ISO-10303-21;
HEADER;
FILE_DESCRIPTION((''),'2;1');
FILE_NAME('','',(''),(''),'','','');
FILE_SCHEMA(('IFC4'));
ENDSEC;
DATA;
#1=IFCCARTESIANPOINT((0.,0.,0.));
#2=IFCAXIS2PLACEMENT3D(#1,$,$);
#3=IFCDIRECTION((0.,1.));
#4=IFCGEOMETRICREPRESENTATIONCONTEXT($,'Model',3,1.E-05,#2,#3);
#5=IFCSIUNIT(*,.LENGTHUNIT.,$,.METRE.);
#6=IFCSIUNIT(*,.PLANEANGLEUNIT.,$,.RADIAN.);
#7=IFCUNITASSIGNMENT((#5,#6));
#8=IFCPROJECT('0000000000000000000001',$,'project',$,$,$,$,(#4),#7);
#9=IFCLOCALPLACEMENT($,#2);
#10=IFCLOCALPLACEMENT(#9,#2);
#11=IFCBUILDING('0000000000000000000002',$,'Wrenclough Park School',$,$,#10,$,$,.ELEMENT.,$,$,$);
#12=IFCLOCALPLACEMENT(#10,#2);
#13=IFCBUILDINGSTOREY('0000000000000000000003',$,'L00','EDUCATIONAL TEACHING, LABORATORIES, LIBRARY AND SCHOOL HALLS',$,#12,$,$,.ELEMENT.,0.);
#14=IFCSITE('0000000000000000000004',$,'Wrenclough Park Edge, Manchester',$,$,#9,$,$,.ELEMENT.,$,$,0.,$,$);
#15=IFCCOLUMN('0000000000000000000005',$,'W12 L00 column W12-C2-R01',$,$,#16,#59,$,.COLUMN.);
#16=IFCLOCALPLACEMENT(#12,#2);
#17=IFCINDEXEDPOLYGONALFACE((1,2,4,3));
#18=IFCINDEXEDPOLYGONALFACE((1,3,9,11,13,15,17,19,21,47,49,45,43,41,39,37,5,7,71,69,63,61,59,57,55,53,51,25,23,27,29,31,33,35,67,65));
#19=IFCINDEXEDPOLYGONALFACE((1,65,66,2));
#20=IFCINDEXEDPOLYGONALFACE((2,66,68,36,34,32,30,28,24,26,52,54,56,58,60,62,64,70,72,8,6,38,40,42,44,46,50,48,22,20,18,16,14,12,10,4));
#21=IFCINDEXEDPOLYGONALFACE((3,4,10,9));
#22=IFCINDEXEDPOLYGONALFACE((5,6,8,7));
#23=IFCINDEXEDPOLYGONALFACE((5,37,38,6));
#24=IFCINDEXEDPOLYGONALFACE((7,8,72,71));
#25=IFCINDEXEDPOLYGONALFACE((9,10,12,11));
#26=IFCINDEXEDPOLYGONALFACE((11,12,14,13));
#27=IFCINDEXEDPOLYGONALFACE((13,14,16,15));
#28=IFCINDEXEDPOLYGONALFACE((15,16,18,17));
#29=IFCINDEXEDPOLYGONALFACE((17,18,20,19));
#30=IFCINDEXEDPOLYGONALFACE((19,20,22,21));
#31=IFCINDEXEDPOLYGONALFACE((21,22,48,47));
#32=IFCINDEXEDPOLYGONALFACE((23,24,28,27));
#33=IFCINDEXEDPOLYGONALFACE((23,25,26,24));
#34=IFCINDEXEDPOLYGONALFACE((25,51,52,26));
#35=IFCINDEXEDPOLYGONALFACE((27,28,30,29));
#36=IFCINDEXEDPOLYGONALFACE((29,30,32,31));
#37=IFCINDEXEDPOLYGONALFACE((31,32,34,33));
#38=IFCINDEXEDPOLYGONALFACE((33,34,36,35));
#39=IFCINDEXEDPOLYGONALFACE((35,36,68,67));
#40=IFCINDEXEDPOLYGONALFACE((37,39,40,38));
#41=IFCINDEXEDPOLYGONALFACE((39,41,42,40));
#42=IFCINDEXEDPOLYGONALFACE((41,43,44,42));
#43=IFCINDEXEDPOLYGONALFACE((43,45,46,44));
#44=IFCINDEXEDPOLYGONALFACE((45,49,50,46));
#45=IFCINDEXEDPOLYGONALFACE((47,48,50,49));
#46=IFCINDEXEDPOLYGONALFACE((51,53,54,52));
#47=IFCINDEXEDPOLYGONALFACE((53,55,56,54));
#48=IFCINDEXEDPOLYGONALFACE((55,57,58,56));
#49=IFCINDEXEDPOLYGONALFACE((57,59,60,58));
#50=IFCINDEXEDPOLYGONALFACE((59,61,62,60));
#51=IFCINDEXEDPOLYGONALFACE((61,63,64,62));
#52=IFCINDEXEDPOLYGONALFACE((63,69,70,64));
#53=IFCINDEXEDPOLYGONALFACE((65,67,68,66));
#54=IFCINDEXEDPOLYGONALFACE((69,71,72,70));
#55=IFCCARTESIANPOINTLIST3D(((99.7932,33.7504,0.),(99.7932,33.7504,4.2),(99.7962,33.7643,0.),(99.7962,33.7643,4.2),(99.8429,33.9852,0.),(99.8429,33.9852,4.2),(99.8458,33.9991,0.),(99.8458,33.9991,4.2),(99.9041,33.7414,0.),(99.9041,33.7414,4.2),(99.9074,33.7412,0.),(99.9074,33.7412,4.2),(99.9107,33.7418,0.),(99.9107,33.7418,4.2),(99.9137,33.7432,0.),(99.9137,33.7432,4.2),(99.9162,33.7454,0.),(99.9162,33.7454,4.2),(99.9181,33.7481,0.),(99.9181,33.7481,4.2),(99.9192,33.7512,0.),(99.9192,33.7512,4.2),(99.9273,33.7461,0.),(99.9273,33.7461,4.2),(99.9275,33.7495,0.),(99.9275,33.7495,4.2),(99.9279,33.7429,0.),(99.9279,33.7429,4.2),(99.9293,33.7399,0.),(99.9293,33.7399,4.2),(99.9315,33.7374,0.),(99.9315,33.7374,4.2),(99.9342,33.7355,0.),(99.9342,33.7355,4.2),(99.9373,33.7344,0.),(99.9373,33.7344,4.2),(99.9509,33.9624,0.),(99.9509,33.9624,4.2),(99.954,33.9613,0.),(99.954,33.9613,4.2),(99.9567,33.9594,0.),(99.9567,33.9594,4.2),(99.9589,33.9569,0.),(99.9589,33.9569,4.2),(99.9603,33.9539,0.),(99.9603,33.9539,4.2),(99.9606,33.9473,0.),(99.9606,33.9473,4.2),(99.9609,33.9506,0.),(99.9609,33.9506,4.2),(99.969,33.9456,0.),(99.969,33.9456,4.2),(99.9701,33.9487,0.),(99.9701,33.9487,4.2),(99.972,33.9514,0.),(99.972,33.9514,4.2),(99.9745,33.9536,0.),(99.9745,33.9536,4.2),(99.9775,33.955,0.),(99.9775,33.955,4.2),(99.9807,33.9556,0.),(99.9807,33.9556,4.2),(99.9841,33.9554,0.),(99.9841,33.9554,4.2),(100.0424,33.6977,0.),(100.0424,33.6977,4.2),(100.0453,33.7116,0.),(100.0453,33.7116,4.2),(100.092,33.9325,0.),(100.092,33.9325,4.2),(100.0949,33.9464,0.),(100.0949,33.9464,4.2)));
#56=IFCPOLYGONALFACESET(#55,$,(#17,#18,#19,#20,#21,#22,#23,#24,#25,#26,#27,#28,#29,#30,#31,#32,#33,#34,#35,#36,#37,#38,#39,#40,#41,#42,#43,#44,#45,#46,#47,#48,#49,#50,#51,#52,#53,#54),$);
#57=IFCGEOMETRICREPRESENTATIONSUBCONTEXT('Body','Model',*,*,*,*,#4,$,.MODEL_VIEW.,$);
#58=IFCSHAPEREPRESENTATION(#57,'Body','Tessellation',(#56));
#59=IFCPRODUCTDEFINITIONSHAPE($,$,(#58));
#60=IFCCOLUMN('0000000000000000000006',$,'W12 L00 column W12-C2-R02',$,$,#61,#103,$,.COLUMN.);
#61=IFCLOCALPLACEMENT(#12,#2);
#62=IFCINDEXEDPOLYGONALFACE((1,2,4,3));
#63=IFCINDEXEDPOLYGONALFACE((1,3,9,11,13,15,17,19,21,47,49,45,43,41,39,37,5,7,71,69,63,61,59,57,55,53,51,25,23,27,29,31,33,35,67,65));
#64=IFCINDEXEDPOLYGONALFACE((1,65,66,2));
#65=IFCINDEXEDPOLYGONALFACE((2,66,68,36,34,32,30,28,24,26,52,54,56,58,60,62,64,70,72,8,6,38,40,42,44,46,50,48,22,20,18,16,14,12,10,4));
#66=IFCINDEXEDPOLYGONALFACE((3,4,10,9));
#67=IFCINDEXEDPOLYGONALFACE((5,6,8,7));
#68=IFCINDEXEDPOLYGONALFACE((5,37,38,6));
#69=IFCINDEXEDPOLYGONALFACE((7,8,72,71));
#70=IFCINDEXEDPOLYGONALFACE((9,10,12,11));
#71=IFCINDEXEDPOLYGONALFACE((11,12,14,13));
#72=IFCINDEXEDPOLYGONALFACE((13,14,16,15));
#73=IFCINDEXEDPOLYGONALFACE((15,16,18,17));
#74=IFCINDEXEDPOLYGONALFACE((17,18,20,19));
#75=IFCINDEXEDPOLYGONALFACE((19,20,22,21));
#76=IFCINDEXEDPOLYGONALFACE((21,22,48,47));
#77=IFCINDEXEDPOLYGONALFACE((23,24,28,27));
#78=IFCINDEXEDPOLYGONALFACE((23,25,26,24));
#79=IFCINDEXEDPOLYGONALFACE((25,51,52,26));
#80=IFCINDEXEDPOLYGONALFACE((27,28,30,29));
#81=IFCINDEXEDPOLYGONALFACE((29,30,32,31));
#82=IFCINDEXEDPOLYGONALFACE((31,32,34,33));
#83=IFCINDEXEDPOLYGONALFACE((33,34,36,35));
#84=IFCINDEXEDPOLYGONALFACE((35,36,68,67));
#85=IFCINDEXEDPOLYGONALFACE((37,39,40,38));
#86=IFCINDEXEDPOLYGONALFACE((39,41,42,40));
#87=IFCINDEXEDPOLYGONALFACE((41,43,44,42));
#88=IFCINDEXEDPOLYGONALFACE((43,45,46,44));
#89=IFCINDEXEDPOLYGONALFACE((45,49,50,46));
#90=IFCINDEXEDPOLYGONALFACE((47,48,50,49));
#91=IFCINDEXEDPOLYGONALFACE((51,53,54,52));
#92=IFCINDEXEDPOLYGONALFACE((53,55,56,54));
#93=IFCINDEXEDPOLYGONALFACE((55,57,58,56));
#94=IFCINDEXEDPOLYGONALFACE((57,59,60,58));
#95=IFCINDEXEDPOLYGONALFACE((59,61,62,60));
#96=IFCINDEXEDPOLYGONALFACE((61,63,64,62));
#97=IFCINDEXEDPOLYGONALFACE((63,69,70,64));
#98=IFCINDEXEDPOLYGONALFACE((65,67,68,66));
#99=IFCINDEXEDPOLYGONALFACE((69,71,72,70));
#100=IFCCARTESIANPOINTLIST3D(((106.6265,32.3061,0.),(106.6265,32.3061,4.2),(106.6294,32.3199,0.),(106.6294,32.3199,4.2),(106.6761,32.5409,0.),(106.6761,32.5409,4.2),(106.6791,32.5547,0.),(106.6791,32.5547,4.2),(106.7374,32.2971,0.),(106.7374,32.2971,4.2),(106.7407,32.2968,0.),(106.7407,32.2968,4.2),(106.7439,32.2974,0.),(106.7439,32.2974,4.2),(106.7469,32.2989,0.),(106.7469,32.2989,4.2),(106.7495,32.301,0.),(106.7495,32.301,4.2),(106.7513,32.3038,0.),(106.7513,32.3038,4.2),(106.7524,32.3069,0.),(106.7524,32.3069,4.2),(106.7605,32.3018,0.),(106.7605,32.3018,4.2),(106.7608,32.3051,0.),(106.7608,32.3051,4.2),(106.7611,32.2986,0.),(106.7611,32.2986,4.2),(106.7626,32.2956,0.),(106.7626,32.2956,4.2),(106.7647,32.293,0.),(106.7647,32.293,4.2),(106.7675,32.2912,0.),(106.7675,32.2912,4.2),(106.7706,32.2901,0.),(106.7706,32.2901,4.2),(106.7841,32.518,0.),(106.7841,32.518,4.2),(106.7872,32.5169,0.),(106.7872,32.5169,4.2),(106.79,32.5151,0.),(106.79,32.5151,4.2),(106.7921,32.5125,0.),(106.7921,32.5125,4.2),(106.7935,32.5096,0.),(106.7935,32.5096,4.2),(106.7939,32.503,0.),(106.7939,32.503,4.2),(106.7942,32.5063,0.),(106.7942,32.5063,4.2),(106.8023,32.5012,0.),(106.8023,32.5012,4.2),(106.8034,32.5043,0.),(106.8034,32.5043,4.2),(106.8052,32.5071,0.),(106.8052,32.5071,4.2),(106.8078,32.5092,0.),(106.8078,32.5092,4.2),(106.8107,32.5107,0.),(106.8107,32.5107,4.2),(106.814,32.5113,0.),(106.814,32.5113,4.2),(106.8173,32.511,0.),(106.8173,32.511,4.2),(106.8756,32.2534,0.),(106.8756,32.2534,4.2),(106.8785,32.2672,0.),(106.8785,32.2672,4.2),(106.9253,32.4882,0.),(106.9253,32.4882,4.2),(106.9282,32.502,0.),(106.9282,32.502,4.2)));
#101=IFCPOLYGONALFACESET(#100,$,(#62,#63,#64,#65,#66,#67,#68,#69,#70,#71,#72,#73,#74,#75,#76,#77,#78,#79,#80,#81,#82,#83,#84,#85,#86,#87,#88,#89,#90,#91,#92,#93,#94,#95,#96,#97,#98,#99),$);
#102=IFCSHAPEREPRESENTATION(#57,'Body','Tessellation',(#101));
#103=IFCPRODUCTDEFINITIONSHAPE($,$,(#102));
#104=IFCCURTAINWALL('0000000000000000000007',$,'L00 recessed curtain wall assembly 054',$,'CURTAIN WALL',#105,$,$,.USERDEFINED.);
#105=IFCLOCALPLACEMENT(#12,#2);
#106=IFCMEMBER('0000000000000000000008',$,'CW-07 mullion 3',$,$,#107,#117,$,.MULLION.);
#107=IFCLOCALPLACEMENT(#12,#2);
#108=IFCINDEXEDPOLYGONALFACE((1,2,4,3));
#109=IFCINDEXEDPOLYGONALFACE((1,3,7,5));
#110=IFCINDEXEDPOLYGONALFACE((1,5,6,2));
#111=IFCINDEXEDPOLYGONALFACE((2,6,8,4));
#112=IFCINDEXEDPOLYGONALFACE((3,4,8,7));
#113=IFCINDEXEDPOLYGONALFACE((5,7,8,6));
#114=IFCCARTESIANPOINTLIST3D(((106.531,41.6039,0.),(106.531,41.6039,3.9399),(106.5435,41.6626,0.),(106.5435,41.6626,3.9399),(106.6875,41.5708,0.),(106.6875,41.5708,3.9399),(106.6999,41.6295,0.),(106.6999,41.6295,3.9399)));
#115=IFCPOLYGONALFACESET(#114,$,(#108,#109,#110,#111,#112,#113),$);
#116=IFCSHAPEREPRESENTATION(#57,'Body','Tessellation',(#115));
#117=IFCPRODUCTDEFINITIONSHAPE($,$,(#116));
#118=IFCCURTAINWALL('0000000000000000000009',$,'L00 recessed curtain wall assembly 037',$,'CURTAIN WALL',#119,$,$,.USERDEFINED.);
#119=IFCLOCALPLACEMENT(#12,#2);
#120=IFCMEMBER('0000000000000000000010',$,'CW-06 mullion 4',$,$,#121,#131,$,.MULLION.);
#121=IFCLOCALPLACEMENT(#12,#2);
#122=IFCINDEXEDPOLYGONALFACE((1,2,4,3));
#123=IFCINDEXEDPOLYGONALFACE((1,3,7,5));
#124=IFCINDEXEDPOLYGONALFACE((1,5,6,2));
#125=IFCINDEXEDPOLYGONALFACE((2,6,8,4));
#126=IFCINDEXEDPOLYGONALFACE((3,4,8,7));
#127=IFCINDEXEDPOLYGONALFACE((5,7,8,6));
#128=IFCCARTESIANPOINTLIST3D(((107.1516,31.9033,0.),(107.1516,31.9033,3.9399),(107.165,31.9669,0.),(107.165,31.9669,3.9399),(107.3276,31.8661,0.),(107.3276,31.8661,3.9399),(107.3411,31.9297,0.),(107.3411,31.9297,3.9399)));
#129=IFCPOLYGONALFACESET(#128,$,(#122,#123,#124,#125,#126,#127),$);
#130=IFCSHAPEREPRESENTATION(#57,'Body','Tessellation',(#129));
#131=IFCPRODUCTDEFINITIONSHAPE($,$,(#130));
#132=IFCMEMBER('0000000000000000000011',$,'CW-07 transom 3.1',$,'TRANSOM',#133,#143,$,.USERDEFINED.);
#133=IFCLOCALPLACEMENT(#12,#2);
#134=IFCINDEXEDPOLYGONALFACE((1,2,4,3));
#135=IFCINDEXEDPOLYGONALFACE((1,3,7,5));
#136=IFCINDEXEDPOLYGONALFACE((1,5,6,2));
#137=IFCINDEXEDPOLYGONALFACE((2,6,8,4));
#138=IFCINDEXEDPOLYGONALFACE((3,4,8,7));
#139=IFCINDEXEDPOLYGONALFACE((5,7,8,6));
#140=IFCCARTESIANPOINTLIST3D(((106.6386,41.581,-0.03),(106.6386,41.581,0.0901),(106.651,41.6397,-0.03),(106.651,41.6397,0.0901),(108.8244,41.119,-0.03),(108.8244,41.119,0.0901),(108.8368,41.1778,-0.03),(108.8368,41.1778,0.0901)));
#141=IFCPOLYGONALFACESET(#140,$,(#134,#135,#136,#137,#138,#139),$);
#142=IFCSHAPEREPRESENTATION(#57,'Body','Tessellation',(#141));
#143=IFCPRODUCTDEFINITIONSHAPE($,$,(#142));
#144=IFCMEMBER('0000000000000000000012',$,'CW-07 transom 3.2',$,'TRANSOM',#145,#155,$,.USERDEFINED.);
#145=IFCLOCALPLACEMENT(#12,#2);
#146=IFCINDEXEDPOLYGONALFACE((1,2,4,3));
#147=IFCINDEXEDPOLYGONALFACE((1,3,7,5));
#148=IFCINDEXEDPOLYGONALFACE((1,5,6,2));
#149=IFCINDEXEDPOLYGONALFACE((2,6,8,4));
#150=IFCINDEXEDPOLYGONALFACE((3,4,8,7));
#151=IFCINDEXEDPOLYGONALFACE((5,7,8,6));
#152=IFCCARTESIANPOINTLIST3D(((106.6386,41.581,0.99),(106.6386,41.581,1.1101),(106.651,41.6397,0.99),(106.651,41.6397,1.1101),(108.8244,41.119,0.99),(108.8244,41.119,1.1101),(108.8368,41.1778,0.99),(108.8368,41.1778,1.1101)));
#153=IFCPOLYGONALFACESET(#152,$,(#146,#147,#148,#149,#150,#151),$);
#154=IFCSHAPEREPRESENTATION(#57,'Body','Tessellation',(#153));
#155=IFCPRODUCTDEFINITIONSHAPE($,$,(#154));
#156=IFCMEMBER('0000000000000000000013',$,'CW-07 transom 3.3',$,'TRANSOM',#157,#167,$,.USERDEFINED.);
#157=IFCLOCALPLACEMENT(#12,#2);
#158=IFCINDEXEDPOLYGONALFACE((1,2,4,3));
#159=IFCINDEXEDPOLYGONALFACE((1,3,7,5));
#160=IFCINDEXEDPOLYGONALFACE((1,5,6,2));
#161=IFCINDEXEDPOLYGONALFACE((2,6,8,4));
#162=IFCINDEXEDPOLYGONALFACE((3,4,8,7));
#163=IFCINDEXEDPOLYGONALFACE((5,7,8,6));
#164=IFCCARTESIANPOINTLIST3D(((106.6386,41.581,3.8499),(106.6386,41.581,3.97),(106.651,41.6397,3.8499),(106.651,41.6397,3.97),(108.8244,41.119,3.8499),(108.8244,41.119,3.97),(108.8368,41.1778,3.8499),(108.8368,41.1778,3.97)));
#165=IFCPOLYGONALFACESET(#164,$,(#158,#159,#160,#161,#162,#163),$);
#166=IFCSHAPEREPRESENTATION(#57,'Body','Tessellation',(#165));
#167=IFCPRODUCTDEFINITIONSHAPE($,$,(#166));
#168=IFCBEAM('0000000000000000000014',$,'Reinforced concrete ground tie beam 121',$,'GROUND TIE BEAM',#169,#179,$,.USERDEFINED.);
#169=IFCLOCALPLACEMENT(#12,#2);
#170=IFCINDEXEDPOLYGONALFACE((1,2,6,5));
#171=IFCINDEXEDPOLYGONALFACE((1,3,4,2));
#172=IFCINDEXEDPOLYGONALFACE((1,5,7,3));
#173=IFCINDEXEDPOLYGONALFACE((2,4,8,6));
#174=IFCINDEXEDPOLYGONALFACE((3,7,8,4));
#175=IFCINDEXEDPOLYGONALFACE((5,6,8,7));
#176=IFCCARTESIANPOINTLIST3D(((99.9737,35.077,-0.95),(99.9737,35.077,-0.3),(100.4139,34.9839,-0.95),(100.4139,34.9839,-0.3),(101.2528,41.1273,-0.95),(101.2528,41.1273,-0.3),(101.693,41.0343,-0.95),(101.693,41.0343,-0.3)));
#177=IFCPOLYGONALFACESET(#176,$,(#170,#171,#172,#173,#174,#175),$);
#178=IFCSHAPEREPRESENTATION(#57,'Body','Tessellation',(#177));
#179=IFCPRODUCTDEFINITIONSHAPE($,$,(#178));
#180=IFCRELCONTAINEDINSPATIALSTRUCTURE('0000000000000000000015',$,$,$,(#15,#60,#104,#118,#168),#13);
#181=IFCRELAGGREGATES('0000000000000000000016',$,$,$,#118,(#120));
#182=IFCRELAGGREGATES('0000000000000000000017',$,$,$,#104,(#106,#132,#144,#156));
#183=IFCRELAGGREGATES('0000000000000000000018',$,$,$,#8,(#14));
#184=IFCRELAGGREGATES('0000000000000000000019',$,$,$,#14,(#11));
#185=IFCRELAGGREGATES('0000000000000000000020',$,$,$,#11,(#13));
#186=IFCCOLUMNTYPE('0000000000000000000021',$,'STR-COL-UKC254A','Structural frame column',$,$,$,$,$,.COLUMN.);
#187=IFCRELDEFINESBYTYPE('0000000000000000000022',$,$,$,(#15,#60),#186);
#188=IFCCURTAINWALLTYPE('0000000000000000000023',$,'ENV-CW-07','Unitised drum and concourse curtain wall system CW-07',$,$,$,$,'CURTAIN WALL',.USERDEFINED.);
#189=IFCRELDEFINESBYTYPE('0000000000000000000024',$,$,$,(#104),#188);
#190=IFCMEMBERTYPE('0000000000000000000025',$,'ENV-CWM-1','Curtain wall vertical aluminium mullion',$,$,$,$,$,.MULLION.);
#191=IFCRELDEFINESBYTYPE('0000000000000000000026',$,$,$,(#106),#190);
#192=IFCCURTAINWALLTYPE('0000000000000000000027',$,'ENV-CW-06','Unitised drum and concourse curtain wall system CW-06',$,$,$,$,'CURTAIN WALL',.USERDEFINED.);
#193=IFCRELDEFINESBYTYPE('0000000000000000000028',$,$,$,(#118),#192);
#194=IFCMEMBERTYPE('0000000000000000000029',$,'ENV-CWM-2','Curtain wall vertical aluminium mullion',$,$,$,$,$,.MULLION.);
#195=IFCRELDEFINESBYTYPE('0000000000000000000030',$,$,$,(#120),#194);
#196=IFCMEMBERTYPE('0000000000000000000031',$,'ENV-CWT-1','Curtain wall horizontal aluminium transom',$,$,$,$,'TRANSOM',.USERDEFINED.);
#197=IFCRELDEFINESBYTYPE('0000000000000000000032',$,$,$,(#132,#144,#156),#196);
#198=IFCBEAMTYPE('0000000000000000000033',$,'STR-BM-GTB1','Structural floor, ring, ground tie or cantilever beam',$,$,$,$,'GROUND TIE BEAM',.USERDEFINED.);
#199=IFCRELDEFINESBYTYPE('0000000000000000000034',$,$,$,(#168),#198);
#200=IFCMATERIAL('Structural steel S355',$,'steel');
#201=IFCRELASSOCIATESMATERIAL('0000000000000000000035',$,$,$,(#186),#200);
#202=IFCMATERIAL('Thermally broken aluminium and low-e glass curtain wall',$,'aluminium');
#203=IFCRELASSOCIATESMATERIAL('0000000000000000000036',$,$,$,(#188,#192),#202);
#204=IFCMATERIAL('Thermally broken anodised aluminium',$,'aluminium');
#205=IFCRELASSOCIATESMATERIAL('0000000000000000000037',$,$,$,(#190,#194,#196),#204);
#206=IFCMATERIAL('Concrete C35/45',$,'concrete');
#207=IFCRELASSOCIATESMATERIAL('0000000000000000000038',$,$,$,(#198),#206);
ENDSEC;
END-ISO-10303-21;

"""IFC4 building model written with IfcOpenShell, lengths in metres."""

from ifc_helpers import new_model, si_unit, direction, frame, origin, origin_2d, place, context, subcontext, project, spatial, rectangle, i_section, extrude, material, material_profile, profile_set, type_object, element, aggregate, save


model = new_model("IFC4")

# Units and contexts
model_context = context("Model", 3, precision=1e-05, world=origin(), true_north=direction((0.0, 1.0)))
body_context = subcontext(model_context, "Body", "Model", "MODEL_VIEW")
ifc_project = project(units=[si_unit("LENGTHUNIT", "METRE"), si_unit("PLANEANGLEUNIT", "RADIAN")], contexts=[model_context])

# Site, building, storey
site_placement = place(None, origin())
site = spatial("IfcSite", under=ifc_project, at=site_placement, Name="Wrenclough Park Edge, Manchester", CompositionType="ELEMENT", RefElevation=0.0)
building_placement = place(site_placement, origin())
building = spatial("IfcBuilding", under=site, at=building_placement, Name="Wrenclough Park School", CompositionType="ELEMENT")
storey_placement = place(building_placement, origin())
storey = spatial("IfcBuildingStorey", under=building, at=storey_placement, Name="L00", Description="EDUCATIONAL TEACHING, LABORATORIES, LIBRARY AND SCHOOL HALLS", CompositionType="ELEMENT", Elevation=0.0)

# Shared definitions
ifc_material_1 = material(Name="Concrete C35/45", Category="concrete")

# Columns
ifc_material_2 = material(Name="Structural steel S355", Category="steel")
ifc_material_profile_1 = material_profile(ifc_material_2, i_section(OverallWidth=0.2546, OverallDepth=0.2542, WebThickness=0.0085, FlangeThickness=0.0142, FilletRadius=0.0127, at=origin_2d()), Name="UKC 254x254x73")
ifc_profile_set_1 = profile_set([ifc_material_profile_1], Name="Structural steel S355")
column_type = type_object("IfcColumnType", Name="STR-COL-UKC254A", Description="Structural frame column", PredefinedType="COLUMN", material=ifc_profile_set_1)
for number, where, z_axis, x_axis, name in (
    (1, (99.9441, 33.8484, 0.0), (0.0, 0.0, 1.0), (0.978365, -0.206887, 0.0), "W12 L00 column W12-C2-R01"),
    (2, (106.7773, 32.4041, 0.0), (0.0, 0.0, 1.0), (0.978365, -0.206887, 0.0), "W12 L00 column W12-C2-R02"),
):
    element("IfcColumn", number, at=place(storey_placement, frame(where, z_axis=z_axis, x_axis=x_axis)), inside=storey, type_object=column_type, Name=name, PredefinedType="COLUMN", context=body_context, shape_type="SweptSolid", body=[
        extrude(i_section(OverallWidth=0.2546, OverallDepth=0.2542, WebThickness=0.0085, FlangeThickness=0.0142, FilletRadius=0.0127, at=origin_2d()), origin(), (0.0, 0.0, 1.0), 4.2),
    ])

# Curtain walls, members
ifc_material_3 = material(Name="Thermally broken aluminium and low-e glass curtain wall", Category="aluminium")
curtain_wall_type_1 = type_object("IfcCurtainWallType", Name="ENV-CW-07", Description="Unitised drum and concourse curtain wall system CW-07", ElementType="CURTAIN WALL", PredefinedType="USERDEFINED", material=ifc_material_3)
curtain_wall_1_placement = place(storey_placement, origin())
curtain_wall_1 = element("IfcCurtainWall", 3, at=curtain_wall_1_placement, inside=storey, type_object=curtain_wall_type_1, Name="L00 recessed curtain wall assembly 054", ObjectType="CURTAIN WALL", PredefinedType="USERDEFINED")
ifc_material_4 = material(Name="Thermally broken anodised aluminium", Category="aluminium")
ifc_material_profile_2 = material_profile(ifc_material_4, rectangle(XDim=0.0601, YDim=0.1599, at=origin_2d()), Name="AL MULLION 60x160")
ifc_profile_set_2 = profile_set([ifc_material_profile_2], Name="Thermally broken anodised aluminium")
member_type_1 = type_object("IfcMemberType", Name="ENV-CWM-1", Description="Curtain wall vertical aluminium mullion", PredefinedType="MULLION", material=ifc_profile_set_2)
member_1_placement = place(storey_placement, frame((106.6155, 41.6167, 0.0), z_axis=(0.0, 0.0, 1.0), x_axis=(0.20682, 0.978379, 0.0)))
member_1 = element("IfcMember", 4, at=member_1_placement, type_object=member_type_1, Name="CW-07 mullion 3", PredefinedType="MULLION", context=body_context, shape_type="SweptSolid", body=[
    extrude(rectangle(XDim=0.0601, YDim=0.1599, at=origin_2d()), origin(), (0.0, 0.0, 1.0), 3.9399),
])
curtain_wall_type_2 = type_object("IfcCurtainWallType", Name="ENV-CW-06", Description="Unitised drum and concourse curtain wall system CW-06", ElementType="CURTAIN WALL", PredefinedType="USERDEFINED", material=ifc_material_3)
curtain_wall_2_placement = place(storey_placement, origin())
curtain_wall_2 = element("IfcCurtainWall", 5, at=curtain_wall_2_placement, inside=storey, type_object=curtain_wall_type_2, Name="L00 recessed curtain wall assembly 037", ObjectType="CURTAIN WALL", PredefinedType="USERDEFINED")
ifc_material_profile_3 = material_profile(ifc_material_4, rectangle(XDim=0.0649, YDim=0.1799, at=origin_2d()), Name="AL MULLION 65x180")
ifc_profile_set_3 = profile_set([ifc_material_profile_3], Name="Thermally broken anodised aluminium")
member_type_2 = type_object("IfcMemberType", Name="ENV-CWM-2", Description="Curtain wall vertical aluminium mullion", PredefinedType="MULLION", material=ifc_profile_set_3)
member_2_placement = place(storey_placement, frame((107.2463, 31.9165, 0.0), z_axis=(0.0, 0.0, 1.0), x_axis=(-0.206818, -0.978379, 0.0)))
member_2 = element("IfcMember", 6, at=member_2_placement, type_object=member_type_2, Name="CW-06 mullion 4", PredefinedType="MULLION", context=body_context, shape_type="SweptSolid", body=[
    extrude(rectangle(XDim=0.0649, YDim=0.1799, at=origin_2d()), origin(), (0.0, 0.0, 1.0), 3.9399),
])

# Members
ifc_material_profile_4 = material_profile(ifc_material_4, rectangle(XDim=0.0601, YDim=0.1201, at=origin_2d()), Name="AL TRANSOM 60x120")
ifc_profile_set_4 = profile_set([ifc_material_profile_4], Name="Thermally broken anodised aluminium")
member_type_3 = type_object("IfcMemberType", Name="ENV-CWT-1", Description="Curtain wall horizontal aluminium transom", ElementType="TRANSOM", PredefinedType="USERDEFINED", material=ifc_profile_set_4)
member_3_placement = place(storey_placement, frame((106.6448, 41.6104, 0.03), z_axis=(0.978392, -0.206759, 0.0), x_axis=(0.206759, 0.978392, 0.0)))
member_3 = element("IfcMember", 7, at=member_3_placement, type_object=member_type_3, Name="CW-07 transom 3.1", ObjectType="TRANSOM", PredefinedType="USERDEFINED", context=body_context, shape_type="SweptSolid", body=[
    extrude(rectangle(XDim=0.0601, YDim=0.1201, at=origin_2d()), origin(), (0.0, 0.0, 1.0), 2.2341),
])
member_4_placement = place(storey_placement, frame((106.6448, 41.6104, 1.05), z_axis=(0.978392, -0.206759, 0.0), x_axis=(0.206759, 0.978392, 0.0)))
member_4 = element("IfcMember", 8, at=member_4_placement, type_object=member_type_3, Name="CW-07 transom 3.2", ObjectType="TRANSOM", PredefinedType="USERDEFINED", context=body_context, shape_type="SweptSolid", body=[
    extrude(rectangle(XDim=0.0601, YDim=0.1201, at=origin_2d()), origin(), (0.0, 0.0, 1.0), 2.2341),
])
member_5_placement = place(storey_placement, frame((106.6448, 41.6104, 3.9099), z_axis=(0.978392, -0.206759, 0.0), x_axis=(0.206759, 0.978392, 0.0)))
member_5 = element("IfcMember", 9, at=member_5_placement, type_object=member_type_3, Name="CW-07 transom 3.3", ObjectType="TRANSOM", PredefinedType="USERDEFINED", context=body_context, shape_type="SweptSolid", body=[
    extrude(rectangle(XDim=0.0601, YDim=0.1201, at=origin_2d()), origin(), (0.0, 0.0, 1.0), 2.2341),
])

# Beam
ifc_material_profile_5 = material_profile(ifc_material_1, rectangle(XDim=0.45, YDim=0.6499, at=origin_2d()), Name="RC GROUND 450x650")
ifc_profile_set_5 = profile_set([ifc_material_profile_5], Name="Concrete C35/45")
beam_type_1 = type_object("IfcBeamType", Name="STR-BM-GTB1", Description="Structural floor, ring, ground tie or cantilever beam", ElementType="GROUND TIE BEAM", PredefinedType="USERDEFINED", material=ifc_profile_set_5)
beam_placement = place(storey_placement, frame((101.4729, 41.0808, -0.625), z_axis=(-0.206832, -0.978376, 0.0), x_axis=(0.978376, -0.206832, 0.0)))
element("IfcBeam", 10, at=beam_placement, inside=storey, type_object=beam_type_1, Name="Reinforced concrete ground tie beam 121", ObjectType="GROUND TIE BEAM", PredefinedType="USERDEFINED", context=body_context, shape_type="SweptSolid", body=[
    extrude(rectangle(XDim=0.45, YDim=0.6499, at=origin_2d()), origin(), (0.0, 0.0, 1.0), 6.1841),
])

aggregate(curtain_wall_2, [member_2])
aggregate(curtain_wall_1, [member_1, member_3, member_4, member_5])

save(model, "model.ifc")
